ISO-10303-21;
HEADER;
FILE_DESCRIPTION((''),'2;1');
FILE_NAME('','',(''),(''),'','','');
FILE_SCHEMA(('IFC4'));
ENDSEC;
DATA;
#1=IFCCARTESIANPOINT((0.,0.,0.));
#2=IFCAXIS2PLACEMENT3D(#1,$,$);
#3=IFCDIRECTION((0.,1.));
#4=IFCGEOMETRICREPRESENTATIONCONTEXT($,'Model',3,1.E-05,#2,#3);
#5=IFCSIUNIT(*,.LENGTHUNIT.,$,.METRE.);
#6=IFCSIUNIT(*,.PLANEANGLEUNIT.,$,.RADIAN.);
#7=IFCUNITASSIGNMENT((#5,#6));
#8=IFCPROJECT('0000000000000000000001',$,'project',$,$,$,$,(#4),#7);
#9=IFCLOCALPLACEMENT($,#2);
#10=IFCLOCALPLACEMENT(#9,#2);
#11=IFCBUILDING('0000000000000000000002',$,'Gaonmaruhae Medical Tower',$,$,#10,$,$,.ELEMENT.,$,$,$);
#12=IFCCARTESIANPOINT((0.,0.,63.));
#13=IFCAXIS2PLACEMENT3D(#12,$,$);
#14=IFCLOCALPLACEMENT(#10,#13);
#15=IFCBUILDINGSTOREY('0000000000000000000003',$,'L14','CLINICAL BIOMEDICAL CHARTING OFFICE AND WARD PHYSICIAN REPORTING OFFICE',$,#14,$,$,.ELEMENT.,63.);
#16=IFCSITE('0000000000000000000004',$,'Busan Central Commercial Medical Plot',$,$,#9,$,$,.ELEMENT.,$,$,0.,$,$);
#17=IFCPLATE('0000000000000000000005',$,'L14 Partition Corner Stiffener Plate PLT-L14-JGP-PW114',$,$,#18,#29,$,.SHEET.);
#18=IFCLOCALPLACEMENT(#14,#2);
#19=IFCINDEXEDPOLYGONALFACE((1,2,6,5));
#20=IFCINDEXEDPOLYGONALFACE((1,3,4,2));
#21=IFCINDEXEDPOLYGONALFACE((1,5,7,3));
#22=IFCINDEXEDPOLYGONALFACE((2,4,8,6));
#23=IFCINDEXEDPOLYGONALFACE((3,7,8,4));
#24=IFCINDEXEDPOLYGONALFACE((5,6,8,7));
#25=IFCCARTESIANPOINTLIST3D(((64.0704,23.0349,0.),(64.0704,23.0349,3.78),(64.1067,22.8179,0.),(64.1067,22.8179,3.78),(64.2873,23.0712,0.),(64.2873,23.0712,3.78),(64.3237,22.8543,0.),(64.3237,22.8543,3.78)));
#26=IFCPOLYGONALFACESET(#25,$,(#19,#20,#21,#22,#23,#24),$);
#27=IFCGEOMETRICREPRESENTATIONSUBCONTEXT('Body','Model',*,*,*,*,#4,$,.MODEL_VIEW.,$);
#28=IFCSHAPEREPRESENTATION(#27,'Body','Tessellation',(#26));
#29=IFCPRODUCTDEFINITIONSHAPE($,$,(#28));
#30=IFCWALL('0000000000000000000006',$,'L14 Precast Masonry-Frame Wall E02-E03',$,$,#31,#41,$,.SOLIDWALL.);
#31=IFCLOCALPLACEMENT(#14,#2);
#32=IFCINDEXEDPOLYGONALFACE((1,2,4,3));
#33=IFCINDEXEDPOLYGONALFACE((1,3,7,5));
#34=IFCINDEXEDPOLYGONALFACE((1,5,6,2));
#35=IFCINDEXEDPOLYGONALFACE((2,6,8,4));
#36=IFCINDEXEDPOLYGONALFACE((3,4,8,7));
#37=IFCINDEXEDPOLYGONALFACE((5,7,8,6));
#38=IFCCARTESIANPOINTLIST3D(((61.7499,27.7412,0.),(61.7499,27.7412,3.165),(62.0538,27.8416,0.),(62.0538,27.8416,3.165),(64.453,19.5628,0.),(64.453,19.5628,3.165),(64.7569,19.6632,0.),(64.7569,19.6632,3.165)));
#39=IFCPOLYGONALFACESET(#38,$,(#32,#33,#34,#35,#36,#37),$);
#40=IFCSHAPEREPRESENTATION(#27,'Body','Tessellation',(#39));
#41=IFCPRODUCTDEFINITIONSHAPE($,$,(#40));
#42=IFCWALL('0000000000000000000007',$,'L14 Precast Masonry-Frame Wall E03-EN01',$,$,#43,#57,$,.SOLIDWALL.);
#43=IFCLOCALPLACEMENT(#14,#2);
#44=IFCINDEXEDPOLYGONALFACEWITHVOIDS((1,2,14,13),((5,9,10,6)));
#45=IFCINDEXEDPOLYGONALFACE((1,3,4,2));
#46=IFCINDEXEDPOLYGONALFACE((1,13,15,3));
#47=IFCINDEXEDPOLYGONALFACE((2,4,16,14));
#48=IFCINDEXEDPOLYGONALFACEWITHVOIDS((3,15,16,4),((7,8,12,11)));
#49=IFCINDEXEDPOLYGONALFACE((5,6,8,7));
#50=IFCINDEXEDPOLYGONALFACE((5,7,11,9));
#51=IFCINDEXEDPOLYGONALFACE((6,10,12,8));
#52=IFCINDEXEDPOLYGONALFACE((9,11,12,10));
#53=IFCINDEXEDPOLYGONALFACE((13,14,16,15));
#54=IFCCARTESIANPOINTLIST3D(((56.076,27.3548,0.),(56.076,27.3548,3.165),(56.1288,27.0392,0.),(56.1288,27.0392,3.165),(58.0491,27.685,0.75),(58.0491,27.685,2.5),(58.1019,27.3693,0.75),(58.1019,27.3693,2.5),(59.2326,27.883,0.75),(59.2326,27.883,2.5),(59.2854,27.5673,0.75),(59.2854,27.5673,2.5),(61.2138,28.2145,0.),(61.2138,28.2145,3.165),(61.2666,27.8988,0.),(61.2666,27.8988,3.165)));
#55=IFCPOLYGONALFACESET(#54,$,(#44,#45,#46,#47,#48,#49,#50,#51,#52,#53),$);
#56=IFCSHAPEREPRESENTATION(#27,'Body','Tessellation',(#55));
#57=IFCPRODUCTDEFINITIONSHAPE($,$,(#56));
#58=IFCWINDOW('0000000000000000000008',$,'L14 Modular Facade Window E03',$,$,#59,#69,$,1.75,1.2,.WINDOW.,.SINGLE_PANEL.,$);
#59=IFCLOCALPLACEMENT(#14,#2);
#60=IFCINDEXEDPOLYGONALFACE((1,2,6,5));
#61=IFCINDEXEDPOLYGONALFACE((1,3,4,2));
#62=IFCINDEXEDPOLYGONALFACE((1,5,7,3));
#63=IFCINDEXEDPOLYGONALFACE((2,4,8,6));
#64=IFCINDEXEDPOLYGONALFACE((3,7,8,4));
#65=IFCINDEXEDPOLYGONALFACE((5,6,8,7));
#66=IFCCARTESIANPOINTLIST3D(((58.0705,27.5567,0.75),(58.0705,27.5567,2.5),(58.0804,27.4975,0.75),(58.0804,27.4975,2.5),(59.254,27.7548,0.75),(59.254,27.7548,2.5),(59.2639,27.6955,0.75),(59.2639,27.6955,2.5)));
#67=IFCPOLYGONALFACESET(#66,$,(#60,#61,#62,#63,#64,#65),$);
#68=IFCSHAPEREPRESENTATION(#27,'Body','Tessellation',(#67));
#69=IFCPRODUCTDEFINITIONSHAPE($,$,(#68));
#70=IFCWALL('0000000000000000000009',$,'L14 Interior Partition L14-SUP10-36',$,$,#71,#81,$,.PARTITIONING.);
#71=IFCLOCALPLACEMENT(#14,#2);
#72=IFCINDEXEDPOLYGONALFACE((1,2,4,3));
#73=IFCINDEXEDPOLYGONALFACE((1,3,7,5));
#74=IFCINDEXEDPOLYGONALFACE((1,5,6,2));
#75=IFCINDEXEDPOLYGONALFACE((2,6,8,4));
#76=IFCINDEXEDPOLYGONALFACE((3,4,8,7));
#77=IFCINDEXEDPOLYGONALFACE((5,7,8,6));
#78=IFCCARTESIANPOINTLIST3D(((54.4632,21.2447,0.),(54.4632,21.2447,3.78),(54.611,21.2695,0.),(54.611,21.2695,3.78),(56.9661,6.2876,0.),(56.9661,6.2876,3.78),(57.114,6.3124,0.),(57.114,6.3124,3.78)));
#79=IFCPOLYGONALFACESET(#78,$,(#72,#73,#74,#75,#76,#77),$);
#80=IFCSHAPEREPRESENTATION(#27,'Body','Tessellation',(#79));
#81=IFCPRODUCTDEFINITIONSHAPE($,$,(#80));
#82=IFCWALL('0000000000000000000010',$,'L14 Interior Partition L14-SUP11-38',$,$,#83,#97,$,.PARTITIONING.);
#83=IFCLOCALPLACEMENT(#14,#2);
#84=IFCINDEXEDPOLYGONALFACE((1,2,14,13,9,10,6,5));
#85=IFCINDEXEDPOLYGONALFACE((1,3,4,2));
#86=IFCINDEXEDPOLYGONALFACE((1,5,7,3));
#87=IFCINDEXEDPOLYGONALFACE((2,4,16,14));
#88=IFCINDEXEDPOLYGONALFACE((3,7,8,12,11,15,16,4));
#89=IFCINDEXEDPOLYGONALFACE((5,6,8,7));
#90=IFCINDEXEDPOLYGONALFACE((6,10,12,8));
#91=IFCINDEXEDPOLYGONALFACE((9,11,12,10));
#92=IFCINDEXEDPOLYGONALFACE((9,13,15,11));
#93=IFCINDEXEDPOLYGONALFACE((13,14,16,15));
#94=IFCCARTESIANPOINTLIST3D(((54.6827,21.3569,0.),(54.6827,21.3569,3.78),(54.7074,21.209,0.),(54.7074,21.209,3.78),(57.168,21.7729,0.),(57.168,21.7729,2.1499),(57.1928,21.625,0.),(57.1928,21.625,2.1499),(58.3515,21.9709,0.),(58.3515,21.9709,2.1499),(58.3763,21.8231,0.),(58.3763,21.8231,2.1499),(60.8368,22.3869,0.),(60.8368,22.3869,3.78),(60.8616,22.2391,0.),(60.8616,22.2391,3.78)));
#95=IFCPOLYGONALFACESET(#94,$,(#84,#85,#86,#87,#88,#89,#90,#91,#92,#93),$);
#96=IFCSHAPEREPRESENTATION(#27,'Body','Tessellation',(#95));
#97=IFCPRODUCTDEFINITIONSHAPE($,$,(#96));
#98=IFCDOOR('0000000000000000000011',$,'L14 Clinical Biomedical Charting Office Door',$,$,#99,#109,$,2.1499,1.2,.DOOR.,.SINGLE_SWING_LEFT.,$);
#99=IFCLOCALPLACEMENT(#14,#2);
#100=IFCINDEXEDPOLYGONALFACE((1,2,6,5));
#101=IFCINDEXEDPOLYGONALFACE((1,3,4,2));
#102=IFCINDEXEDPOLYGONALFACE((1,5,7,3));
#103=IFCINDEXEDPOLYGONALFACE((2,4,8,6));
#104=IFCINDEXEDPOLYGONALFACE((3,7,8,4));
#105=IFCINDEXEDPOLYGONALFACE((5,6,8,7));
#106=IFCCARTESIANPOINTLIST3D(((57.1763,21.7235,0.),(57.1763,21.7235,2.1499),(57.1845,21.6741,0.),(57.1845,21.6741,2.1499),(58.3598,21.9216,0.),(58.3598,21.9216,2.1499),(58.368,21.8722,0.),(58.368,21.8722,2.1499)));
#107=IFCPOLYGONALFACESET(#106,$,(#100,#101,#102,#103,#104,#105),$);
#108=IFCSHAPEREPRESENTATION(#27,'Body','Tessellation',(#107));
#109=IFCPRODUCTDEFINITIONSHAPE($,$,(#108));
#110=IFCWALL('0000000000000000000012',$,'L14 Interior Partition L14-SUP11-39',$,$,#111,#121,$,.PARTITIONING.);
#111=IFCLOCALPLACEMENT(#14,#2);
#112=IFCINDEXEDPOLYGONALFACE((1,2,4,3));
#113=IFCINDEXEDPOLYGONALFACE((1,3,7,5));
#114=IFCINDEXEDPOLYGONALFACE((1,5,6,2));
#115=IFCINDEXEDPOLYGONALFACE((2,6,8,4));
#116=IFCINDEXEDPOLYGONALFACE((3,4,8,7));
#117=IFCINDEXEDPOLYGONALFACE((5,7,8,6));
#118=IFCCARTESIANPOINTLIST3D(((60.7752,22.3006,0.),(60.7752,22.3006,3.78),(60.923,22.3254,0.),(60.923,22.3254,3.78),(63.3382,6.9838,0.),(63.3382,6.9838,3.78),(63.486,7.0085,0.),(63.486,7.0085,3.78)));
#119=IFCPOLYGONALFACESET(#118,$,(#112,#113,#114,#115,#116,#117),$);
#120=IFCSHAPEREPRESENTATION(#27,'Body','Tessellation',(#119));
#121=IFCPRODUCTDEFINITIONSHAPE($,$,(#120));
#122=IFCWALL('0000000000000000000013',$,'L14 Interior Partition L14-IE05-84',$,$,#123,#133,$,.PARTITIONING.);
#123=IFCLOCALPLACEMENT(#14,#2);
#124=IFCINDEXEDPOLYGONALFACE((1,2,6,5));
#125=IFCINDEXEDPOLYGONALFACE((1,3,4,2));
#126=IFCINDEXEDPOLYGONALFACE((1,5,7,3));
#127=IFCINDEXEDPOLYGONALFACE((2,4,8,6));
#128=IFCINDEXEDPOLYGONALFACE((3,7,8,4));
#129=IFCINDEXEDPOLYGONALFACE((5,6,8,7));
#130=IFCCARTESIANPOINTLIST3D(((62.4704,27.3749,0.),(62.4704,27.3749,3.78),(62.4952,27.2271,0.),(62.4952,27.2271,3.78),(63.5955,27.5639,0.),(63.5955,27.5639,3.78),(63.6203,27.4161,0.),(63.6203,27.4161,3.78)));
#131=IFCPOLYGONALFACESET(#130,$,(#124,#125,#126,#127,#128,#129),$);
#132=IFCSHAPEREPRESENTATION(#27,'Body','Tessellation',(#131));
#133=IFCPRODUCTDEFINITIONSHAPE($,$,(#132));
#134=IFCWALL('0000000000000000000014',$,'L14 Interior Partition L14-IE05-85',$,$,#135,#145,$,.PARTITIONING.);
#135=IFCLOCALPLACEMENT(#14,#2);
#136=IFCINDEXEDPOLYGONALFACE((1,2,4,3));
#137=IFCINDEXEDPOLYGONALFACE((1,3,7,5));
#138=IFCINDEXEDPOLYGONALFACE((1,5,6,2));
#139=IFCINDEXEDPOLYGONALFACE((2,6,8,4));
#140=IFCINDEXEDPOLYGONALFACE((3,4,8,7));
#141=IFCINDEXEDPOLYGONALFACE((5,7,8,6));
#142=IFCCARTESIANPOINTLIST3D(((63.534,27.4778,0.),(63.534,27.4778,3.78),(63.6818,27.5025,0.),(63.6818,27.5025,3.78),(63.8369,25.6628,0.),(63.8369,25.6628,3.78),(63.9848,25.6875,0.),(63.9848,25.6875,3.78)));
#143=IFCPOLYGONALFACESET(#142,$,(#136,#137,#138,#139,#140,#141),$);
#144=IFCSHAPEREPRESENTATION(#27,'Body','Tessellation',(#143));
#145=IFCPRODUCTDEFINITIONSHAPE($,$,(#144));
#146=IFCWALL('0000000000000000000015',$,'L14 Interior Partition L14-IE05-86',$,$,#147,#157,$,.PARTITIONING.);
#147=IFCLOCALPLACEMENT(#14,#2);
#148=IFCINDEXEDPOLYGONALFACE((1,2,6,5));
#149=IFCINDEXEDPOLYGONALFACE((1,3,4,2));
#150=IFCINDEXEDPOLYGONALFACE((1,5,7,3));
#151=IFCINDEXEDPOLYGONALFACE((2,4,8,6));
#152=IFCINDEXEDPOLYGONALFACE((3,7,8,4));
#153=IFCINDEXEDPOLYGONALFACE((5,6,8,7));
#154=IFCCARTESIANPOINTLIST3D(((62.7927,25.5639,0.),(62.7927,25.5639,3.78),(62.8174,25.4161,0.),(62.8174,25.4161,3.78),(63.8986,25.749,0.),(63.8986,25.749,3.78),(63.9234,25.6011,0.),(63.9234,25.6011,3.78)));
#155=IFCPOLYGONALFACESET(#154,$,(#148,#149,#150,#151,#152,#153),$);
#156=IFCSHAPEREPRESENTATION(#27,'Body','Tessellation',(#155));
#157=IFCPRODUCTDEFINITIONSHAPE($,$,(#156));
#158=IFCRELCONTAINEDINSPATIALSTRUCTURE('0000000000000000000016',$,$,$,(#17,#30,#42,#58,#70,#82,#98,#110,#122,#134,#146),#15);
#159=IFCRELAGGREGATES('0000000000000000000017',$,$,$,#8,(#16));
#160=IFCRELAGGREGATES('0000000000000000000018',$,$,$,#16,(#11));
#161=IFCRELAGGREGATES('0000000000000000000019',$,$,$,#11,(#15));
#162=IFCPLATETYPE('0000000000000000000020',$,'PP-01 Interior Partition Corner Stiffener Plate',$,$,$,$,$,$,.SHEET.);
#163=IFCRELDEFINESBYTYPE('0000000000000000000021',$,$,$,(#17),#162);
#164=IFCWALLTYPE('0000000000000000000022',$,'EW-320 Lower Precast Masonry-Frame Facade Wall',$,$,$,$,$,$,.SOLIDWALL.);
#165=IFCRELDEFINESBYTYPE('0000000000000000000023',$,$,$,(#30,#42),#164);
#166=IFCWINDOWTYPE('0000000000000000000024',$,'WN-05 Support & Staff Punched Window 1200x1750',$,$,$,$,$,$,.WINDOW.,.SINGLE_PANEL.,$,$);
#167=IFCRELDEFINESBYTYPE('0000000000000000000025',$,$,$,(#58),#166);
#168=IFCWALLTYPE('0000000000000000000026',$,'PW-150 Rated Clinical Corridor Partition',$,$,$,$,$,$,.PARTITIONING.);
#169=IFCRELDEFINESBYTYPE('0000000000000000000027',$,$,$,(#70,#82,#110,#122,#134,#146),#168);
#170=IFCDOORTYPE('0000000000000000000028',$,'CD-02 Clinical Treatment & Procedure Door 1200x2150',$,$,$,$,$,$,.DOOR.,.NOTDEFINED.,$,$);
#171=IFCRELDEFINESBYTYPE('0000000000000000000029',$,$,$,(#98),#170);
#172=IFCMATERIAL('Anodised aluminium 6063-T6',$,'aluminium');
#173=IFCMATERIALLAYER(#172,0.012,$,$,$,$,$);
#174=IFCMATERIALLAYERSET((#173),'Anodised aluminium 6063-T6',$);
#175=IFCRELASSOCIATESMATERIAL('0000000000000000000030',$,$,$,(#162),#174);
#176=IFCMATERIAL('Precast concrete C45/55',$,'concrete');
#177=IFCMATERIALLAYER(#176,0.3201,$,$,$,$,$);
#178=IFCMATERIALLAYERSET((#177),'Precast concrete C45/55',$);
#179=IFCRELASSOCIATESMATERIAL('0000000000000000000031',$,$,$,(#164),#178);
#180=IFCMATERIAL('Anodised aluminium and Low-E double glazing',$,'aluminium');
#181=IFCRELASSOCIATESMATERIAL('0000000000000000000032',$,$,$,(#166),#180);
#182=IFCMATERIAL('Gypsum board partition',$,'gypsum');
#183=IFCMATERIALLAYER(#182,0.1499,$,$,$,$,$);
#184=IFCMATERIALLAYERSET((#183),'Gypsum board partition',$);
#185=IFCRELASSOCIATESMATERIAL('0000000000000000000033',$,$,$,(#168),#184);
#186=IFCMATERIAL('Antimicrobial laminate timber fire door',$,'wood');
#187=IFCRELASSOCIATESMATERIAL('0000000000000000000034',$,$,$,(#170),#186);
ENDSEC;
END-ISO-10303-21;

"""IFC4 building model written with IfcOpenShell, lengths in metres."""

from ifc_helpers import new_model, si_unit, direction, frame, frame_2d, origin, origin_2d, place, context, subcontext, project, spatial, rectangle, extrude, material, layer, layer_set, type_object, element, fill, save


model = new_model("IFC4")

# Units and contexts
model_context = context("Model", 3, precision=1e-05, world=origin(), true_north=direction((0.0, 1.0)))
body_context = subcontext(model_context, "Body", "Model", "MODEL_VIEW")
ifc_project = project(units=[si_unit("LENGTHUNIT", "METRE"), si_unit("PLANEANGLEUNIT", "RADIAN")], contexts=[model_context])

# Site, building, storey
site_placement = place(None, origin())
site = spatial("IfcSite", under=ifc_project, at=site_placement, Name="Busan Central Commercial Medical Plot", CompositionType="ELEMENT", RefElevation=0.0)
building_placement = place(site_placement, origin())
building = spatial("IfcBuilding", under=site, at=building_placement, Name="Gaonmaruhae Medical Tower", CompositionType="ELEMENT")
storey_placement = place(building_placement, frame((0.0, 0.0, 63.0)))
storey = spatial("IfcBuildingStorey", under=building, at=storey_placement, Name="L14", Description="CLINICAL BIOMEDICAL CHARTING OFFICE AND WARD PHYSICIAN REPORTING OFFICE", CompositionType="ELEMENT", Elevation=63.0)

# Plate
ifc_material_1 = material(Name="Anodised aluminium 6063-T6", Category="aluminium")
ifc_layer_1 = layer(ifc_material_1, 0.012)
ifc_layer_set_1 = layer_set([ifc_layer_1], Name="Anodised aluminium 6063-T6")
plate_type_1 = type_object("IfcPlateType", Name="PP-01 Interior Partition Corner Stiffener Plate", PredefinedType="SHEET", material=ifc_layer_set_1)
plate_1_placement = place(storey_placement, frame((64.197, 22.9446, 0.0), z_axis=(0.0, 0.0, 1.0), x_axis=(0.986239, 0.165323, 0.0)))
element("IfcPlate", 1, at=plate_1_placement, inside=storey, type_object=plate_type_1, Name="L14 Partition Corner Stiffener Plate PLT-L14-JGP-PW114", PredefinedType="SHEET", context=body_context, shape_type="SweptSolid", body=[
    extrude(rectangle(XDim=0.22, YDim=0.22, at=origin_2d()), origin(), (0.0, 0.0, 1.0), 3.78),
])

# Wall
ifc_material_2 = material(Name="Precast concrete C45/55", Category="concrete")
ifc_layer_2 = layer(ifc_material_2, 0.3201)
ifc_layer_set_2 = layer_set([ifc_layer_2], Name="Precast concrete C45/55")
wall_type_1 = type_object("IfcWallType", Name="EW-320 Lower Precast Masonry-Frame Facade Wall", PredefinedType="SOLIDWALL", material=ifc_layer_set_2)
wall_1_placement = place(storey_placement, frame((61.9019, 27.7913, 0.0), z_axis=(0.0, 0.0, 1.0), x_axis=(0.31382, -0.949482, 0.0)))
element("IfcWall", 2, at=wall_1_placement, inside=storey, type_object=wall_type_1, Name="L14 Precast Masonry-Frame Wall E02-E03", PredefinedType="SOLIDWALL", context=body_context, shape_type="SweptSolid", body=[
    extrude(rectangle(XDim=8.6135, YDim=0.3201, at=frame_2d((4.3066, 0.0))), origin(), (0.0, 0.0, 1.0), 3.165),
])

# Wall, opening, window
wall_2_placement = place(storey_placement, frame((56.1025, 27.197, 0.0), z_axis=(0.0, 0.0, 1.0), x_axis=(0.98629, 0.165022, 0.0)))
wall_2 = element("IfcWall", 3, at=wall_2_placement, inside=storey, type_object=wall_type_1, Name="L14 Precast Masonry-Frame Wall E03-EN01", PredefinedType="SOLIDWALL", context=body_context, shape_type="SweptSolid", body=[
    extrude(rectangle(XDim=5.2092, YDim=0.3201, at=frame_2d((2.6045, 0.0))), origin(), (0.0, 0.0, 1.0), 3.165),
])
opening_1_placement = place(wall_2_placement, frame((2.0002, 0.0, 0.75)))
opening_1 = element("IfcOpeningElement", 4, at=opening_1_placement, cuts=wall_2, PredefinedType="OPENING", context=body_context, shape_type="SweptSolid", body=[
    extrude(rectangle(XDim=1.2, YDim=1.75, at=frame_2d((0.6001, 0.875))), frame((0.0, 0.1699, 0.0), z_axis=(0.0, -1.0, 0.0), x_axis=(1.0, 0.0, 0.0)), (0.0, 0.0, 1.0), 0.3401),
])
ifc_material_3 = material(Name="Anodised aluminium and Low-E double glazing", Category="aluminium")
window_type = type_object("IfcWindowType", Name="WN-05 Support & Staff Punched Window 1200x1750", PartitioningType="SINGLE_PANEL", PredefinedType="WINDOW", material=ifc_material_3)
window_placement = place(opening_1_placement, origin())
window = element("IfcWindow", 5, at=window_placement, inside=storey, type_object=window_type, Name="L14 Modular Facade Window E03", OverallHeight=1.75, OverallWidth=1.2, PartitioningType="SINGLE_PANEL", PredefinedType="WINDOW", context=body_context, shape_type="SweptSolid", body=[
    extrude(rectangle(XDim=1.2, YDim=1.75, at=frame_2d((0.6001, 0.875))), frame((0.0, 0.03, 0.0), z_axis=(0.0, -1.0, 0.0), x_axis=(1.0, 0.0, 0.0)), (0.0, 0.0, 1.0), 0.0601),
])
fill(opening_1, window)

# Wall
ifc_material_4 = material(Name="Gypsum board partition", Category="gypsum")
ifc_layer_3 = layer(ifc_material_4, 0.1499)
ifc_layer_set_3 = layer_set([ifc_layer_3], Name="Gypsum board partition")
wall_type_2 = type_object("IfcWallType", Name="PW-150 Rated Clinical Corridor Partition", PredefinedType="PARTITIONING", material=ifc_layer_set_3)
wall_3_placement = place(storey_placement, frame((54.5371, 21.2571, 0.0), z_axis=(0.0, 0.0, 1.0), x_axis=(0.165046, -0.986286, 0.0)))
element("IfcWall", 6, at=wall_3_placement, inside=storey, type_object=wall_type_2, Name="L14 Interior Partition L14-SUP10-36", PredefinedType="PARTITIONING", context=body_context, shape_type="SweptSolid", body=[
    extrude(rectangle(XDim=15.165, YDim=0.1499, at=frame_2d((7.5825, 0.0))), origin(), (0.0, 0.0, 1.0), 3.78),
])

# Wall, opening, door
wall_4_placement = place(storey_placement, frame((54.6951, 21.283, 0.0), z_axis=(0.0, 0.0, 1.0), x_axis=(0.986281, 0.165078, 0.0)))
wall_4 = element("IfcWall", 7, at=wall_4_placement, inside=storey, type_object=wall_type_2, Name="L14 Interior Partition L14-SUP11-38", PredefinedType="PARTITIONING", context=body_context, shape_type="SweptSolid", body=[
    extrude(rectangle(XDim=6.2397, YDim=0.1499, at=frame_2d((3.1199, 0.0))), origin(), (0.0, 0.0, 1.0), 3.78),
])
opening_2_placement = place(wall_4_placement, frame((2.5198, 0.0, 0.0)))
opening_2 = element("IfcOpeningElement", 8, at=opening_2_placement, cuts=wall_4, PredefinedType="OPENING", context=body_context, shape_type="SweptSolid", body=[
    extrude(rectangle(XDim=1.2, YDim=2.1499, at=frame_2d((0.6001, 1.075))), frame((0.0, 0.085, 0.0), z_axis=(0.0, -1.0, 0.0), x_axis=(1.0, 0.0, 0.0)), (0.0, 0.0, 1.0), 0.1699),
])
ifc_material_5 = material(Name="Antimicrobial laminate timber fire door", Category="wood")
door_type_1 = type_object("IfcDoorType", Name="CD-02 Clinical Treatment & Procedure Door 1200x2150", OperationType="NOTDEFINED", PredefinedType="DOOR", material=ifc_material_5)
door_1_placement = place(opening_2_placement, origin())
door_1 = element("IfcDoor", 9, at=door_1_placement, inside=storey, type_object=door_type_1, Name="L14 Clinical Biomedical Charting Office Door", OperationType="SINGLE_SWING_LEFT", OverallHeight=2.1499, OverallWidth=1.2, PredefinedType="DOOR", context=body_context, shape_type="SweptSolid", body=[
    extrude(rectangle(XDim=1.2, YDim=2.1499, at=frame_2d((0.6001, 1.075))), frame((0.0, 0.0249, 0.0), z_axis=(0.0, -1.0, 0.0), x_axis=(1.0, 0.0, 0.0)), (0.0, 0.0, 1.0), 0.05),
])
fill(opening_2, door_1)

# Walls
wall_5_placement = place(storey_placement, frame((60.8491, 22.313, 0.0), z_axis=(0.0, 0.0, 1.0), x_axis=(0.165036, -0.986287, 0.0)))
element("IfcWall", 10, at=wall_5_placement, inside=storey, type_object=wall_type_2, Name="L14 Interior Partition L14-SUP11-39", PredefinedType="PARTITIONING", context=body_context, shape_type="SweptSolid", body=[
    extrude(rectangle(XDim=15.5298, YDim=0.1499, at=frame_2d((7.7649, 0.0))), origin(), (0.0, 0.0, 1.0), 3.78),
])
wall_6_placement = place(storey_placement, frame((62.4829, 27.301, 0.0), z_axis=(0.0, 0.0, 1.0), x_axis=(0.986185, 0.165648, 0.0)))
element("IfcWall", 11, at=wall_6_placement, inside=storey, type_object=wall_type_2, Name="L14 Interior Partition L14-IE05-84", PredefinedType="PARTITIONING", context=body_context, shape_type="SweptSolid", body=[
    extrude(rectangle(XDim=1.1409, YDim=0.1499, at=frame_2d((0.5703, 0.0))), origin(), (0.0, 0.0, 1.0), 3.78),
])
wall_7_placement = place(storey_placement, frame((63.6079, 27.49, 0.0), z_axis=(0.0, 0.0, 1.0), x_axis=(0.164657, -0.986351, 0.0)))
element("IfcWall", 12, at=wall_7_placement, inside=storey, type_object=wall_type_2, Name="L14 Interior Partition L14-IE05-85", PredefinedType="PARTITIONING", context=body_context, shape_type="SweptSolid", body=[
    extrude(rectangle(XDim=1.8401, YDim=0.1499, at=frame_2d((0.9199, 0.0))), origin(), (0.0, 0.0, 1.0), 3.78),
])
wall_8_placement = place(storey_placement, frame((63.9109, 25.675, 0.0), z_axis=(0.0, 0.0, 1.0), x_axis=(-0.986288, -0.165034, 0.0)))
element("IfcWall", 13, at=wall_8_placement, inside=storey, type_object=wall_type_2, Name="L14 Interior Partition L14-IE05-86", PredefinedType="PARTITIONING", context=body_context, shape_type="SweptSolid", body=[
    extrude(rectangle(XDim=1.1213, YDim=0.1499, at=frame_2d((0.5605, 0.0))), origin(), (0.0, 0.0, 1.0), 3.78),
])

save(model, "model.ifc")
